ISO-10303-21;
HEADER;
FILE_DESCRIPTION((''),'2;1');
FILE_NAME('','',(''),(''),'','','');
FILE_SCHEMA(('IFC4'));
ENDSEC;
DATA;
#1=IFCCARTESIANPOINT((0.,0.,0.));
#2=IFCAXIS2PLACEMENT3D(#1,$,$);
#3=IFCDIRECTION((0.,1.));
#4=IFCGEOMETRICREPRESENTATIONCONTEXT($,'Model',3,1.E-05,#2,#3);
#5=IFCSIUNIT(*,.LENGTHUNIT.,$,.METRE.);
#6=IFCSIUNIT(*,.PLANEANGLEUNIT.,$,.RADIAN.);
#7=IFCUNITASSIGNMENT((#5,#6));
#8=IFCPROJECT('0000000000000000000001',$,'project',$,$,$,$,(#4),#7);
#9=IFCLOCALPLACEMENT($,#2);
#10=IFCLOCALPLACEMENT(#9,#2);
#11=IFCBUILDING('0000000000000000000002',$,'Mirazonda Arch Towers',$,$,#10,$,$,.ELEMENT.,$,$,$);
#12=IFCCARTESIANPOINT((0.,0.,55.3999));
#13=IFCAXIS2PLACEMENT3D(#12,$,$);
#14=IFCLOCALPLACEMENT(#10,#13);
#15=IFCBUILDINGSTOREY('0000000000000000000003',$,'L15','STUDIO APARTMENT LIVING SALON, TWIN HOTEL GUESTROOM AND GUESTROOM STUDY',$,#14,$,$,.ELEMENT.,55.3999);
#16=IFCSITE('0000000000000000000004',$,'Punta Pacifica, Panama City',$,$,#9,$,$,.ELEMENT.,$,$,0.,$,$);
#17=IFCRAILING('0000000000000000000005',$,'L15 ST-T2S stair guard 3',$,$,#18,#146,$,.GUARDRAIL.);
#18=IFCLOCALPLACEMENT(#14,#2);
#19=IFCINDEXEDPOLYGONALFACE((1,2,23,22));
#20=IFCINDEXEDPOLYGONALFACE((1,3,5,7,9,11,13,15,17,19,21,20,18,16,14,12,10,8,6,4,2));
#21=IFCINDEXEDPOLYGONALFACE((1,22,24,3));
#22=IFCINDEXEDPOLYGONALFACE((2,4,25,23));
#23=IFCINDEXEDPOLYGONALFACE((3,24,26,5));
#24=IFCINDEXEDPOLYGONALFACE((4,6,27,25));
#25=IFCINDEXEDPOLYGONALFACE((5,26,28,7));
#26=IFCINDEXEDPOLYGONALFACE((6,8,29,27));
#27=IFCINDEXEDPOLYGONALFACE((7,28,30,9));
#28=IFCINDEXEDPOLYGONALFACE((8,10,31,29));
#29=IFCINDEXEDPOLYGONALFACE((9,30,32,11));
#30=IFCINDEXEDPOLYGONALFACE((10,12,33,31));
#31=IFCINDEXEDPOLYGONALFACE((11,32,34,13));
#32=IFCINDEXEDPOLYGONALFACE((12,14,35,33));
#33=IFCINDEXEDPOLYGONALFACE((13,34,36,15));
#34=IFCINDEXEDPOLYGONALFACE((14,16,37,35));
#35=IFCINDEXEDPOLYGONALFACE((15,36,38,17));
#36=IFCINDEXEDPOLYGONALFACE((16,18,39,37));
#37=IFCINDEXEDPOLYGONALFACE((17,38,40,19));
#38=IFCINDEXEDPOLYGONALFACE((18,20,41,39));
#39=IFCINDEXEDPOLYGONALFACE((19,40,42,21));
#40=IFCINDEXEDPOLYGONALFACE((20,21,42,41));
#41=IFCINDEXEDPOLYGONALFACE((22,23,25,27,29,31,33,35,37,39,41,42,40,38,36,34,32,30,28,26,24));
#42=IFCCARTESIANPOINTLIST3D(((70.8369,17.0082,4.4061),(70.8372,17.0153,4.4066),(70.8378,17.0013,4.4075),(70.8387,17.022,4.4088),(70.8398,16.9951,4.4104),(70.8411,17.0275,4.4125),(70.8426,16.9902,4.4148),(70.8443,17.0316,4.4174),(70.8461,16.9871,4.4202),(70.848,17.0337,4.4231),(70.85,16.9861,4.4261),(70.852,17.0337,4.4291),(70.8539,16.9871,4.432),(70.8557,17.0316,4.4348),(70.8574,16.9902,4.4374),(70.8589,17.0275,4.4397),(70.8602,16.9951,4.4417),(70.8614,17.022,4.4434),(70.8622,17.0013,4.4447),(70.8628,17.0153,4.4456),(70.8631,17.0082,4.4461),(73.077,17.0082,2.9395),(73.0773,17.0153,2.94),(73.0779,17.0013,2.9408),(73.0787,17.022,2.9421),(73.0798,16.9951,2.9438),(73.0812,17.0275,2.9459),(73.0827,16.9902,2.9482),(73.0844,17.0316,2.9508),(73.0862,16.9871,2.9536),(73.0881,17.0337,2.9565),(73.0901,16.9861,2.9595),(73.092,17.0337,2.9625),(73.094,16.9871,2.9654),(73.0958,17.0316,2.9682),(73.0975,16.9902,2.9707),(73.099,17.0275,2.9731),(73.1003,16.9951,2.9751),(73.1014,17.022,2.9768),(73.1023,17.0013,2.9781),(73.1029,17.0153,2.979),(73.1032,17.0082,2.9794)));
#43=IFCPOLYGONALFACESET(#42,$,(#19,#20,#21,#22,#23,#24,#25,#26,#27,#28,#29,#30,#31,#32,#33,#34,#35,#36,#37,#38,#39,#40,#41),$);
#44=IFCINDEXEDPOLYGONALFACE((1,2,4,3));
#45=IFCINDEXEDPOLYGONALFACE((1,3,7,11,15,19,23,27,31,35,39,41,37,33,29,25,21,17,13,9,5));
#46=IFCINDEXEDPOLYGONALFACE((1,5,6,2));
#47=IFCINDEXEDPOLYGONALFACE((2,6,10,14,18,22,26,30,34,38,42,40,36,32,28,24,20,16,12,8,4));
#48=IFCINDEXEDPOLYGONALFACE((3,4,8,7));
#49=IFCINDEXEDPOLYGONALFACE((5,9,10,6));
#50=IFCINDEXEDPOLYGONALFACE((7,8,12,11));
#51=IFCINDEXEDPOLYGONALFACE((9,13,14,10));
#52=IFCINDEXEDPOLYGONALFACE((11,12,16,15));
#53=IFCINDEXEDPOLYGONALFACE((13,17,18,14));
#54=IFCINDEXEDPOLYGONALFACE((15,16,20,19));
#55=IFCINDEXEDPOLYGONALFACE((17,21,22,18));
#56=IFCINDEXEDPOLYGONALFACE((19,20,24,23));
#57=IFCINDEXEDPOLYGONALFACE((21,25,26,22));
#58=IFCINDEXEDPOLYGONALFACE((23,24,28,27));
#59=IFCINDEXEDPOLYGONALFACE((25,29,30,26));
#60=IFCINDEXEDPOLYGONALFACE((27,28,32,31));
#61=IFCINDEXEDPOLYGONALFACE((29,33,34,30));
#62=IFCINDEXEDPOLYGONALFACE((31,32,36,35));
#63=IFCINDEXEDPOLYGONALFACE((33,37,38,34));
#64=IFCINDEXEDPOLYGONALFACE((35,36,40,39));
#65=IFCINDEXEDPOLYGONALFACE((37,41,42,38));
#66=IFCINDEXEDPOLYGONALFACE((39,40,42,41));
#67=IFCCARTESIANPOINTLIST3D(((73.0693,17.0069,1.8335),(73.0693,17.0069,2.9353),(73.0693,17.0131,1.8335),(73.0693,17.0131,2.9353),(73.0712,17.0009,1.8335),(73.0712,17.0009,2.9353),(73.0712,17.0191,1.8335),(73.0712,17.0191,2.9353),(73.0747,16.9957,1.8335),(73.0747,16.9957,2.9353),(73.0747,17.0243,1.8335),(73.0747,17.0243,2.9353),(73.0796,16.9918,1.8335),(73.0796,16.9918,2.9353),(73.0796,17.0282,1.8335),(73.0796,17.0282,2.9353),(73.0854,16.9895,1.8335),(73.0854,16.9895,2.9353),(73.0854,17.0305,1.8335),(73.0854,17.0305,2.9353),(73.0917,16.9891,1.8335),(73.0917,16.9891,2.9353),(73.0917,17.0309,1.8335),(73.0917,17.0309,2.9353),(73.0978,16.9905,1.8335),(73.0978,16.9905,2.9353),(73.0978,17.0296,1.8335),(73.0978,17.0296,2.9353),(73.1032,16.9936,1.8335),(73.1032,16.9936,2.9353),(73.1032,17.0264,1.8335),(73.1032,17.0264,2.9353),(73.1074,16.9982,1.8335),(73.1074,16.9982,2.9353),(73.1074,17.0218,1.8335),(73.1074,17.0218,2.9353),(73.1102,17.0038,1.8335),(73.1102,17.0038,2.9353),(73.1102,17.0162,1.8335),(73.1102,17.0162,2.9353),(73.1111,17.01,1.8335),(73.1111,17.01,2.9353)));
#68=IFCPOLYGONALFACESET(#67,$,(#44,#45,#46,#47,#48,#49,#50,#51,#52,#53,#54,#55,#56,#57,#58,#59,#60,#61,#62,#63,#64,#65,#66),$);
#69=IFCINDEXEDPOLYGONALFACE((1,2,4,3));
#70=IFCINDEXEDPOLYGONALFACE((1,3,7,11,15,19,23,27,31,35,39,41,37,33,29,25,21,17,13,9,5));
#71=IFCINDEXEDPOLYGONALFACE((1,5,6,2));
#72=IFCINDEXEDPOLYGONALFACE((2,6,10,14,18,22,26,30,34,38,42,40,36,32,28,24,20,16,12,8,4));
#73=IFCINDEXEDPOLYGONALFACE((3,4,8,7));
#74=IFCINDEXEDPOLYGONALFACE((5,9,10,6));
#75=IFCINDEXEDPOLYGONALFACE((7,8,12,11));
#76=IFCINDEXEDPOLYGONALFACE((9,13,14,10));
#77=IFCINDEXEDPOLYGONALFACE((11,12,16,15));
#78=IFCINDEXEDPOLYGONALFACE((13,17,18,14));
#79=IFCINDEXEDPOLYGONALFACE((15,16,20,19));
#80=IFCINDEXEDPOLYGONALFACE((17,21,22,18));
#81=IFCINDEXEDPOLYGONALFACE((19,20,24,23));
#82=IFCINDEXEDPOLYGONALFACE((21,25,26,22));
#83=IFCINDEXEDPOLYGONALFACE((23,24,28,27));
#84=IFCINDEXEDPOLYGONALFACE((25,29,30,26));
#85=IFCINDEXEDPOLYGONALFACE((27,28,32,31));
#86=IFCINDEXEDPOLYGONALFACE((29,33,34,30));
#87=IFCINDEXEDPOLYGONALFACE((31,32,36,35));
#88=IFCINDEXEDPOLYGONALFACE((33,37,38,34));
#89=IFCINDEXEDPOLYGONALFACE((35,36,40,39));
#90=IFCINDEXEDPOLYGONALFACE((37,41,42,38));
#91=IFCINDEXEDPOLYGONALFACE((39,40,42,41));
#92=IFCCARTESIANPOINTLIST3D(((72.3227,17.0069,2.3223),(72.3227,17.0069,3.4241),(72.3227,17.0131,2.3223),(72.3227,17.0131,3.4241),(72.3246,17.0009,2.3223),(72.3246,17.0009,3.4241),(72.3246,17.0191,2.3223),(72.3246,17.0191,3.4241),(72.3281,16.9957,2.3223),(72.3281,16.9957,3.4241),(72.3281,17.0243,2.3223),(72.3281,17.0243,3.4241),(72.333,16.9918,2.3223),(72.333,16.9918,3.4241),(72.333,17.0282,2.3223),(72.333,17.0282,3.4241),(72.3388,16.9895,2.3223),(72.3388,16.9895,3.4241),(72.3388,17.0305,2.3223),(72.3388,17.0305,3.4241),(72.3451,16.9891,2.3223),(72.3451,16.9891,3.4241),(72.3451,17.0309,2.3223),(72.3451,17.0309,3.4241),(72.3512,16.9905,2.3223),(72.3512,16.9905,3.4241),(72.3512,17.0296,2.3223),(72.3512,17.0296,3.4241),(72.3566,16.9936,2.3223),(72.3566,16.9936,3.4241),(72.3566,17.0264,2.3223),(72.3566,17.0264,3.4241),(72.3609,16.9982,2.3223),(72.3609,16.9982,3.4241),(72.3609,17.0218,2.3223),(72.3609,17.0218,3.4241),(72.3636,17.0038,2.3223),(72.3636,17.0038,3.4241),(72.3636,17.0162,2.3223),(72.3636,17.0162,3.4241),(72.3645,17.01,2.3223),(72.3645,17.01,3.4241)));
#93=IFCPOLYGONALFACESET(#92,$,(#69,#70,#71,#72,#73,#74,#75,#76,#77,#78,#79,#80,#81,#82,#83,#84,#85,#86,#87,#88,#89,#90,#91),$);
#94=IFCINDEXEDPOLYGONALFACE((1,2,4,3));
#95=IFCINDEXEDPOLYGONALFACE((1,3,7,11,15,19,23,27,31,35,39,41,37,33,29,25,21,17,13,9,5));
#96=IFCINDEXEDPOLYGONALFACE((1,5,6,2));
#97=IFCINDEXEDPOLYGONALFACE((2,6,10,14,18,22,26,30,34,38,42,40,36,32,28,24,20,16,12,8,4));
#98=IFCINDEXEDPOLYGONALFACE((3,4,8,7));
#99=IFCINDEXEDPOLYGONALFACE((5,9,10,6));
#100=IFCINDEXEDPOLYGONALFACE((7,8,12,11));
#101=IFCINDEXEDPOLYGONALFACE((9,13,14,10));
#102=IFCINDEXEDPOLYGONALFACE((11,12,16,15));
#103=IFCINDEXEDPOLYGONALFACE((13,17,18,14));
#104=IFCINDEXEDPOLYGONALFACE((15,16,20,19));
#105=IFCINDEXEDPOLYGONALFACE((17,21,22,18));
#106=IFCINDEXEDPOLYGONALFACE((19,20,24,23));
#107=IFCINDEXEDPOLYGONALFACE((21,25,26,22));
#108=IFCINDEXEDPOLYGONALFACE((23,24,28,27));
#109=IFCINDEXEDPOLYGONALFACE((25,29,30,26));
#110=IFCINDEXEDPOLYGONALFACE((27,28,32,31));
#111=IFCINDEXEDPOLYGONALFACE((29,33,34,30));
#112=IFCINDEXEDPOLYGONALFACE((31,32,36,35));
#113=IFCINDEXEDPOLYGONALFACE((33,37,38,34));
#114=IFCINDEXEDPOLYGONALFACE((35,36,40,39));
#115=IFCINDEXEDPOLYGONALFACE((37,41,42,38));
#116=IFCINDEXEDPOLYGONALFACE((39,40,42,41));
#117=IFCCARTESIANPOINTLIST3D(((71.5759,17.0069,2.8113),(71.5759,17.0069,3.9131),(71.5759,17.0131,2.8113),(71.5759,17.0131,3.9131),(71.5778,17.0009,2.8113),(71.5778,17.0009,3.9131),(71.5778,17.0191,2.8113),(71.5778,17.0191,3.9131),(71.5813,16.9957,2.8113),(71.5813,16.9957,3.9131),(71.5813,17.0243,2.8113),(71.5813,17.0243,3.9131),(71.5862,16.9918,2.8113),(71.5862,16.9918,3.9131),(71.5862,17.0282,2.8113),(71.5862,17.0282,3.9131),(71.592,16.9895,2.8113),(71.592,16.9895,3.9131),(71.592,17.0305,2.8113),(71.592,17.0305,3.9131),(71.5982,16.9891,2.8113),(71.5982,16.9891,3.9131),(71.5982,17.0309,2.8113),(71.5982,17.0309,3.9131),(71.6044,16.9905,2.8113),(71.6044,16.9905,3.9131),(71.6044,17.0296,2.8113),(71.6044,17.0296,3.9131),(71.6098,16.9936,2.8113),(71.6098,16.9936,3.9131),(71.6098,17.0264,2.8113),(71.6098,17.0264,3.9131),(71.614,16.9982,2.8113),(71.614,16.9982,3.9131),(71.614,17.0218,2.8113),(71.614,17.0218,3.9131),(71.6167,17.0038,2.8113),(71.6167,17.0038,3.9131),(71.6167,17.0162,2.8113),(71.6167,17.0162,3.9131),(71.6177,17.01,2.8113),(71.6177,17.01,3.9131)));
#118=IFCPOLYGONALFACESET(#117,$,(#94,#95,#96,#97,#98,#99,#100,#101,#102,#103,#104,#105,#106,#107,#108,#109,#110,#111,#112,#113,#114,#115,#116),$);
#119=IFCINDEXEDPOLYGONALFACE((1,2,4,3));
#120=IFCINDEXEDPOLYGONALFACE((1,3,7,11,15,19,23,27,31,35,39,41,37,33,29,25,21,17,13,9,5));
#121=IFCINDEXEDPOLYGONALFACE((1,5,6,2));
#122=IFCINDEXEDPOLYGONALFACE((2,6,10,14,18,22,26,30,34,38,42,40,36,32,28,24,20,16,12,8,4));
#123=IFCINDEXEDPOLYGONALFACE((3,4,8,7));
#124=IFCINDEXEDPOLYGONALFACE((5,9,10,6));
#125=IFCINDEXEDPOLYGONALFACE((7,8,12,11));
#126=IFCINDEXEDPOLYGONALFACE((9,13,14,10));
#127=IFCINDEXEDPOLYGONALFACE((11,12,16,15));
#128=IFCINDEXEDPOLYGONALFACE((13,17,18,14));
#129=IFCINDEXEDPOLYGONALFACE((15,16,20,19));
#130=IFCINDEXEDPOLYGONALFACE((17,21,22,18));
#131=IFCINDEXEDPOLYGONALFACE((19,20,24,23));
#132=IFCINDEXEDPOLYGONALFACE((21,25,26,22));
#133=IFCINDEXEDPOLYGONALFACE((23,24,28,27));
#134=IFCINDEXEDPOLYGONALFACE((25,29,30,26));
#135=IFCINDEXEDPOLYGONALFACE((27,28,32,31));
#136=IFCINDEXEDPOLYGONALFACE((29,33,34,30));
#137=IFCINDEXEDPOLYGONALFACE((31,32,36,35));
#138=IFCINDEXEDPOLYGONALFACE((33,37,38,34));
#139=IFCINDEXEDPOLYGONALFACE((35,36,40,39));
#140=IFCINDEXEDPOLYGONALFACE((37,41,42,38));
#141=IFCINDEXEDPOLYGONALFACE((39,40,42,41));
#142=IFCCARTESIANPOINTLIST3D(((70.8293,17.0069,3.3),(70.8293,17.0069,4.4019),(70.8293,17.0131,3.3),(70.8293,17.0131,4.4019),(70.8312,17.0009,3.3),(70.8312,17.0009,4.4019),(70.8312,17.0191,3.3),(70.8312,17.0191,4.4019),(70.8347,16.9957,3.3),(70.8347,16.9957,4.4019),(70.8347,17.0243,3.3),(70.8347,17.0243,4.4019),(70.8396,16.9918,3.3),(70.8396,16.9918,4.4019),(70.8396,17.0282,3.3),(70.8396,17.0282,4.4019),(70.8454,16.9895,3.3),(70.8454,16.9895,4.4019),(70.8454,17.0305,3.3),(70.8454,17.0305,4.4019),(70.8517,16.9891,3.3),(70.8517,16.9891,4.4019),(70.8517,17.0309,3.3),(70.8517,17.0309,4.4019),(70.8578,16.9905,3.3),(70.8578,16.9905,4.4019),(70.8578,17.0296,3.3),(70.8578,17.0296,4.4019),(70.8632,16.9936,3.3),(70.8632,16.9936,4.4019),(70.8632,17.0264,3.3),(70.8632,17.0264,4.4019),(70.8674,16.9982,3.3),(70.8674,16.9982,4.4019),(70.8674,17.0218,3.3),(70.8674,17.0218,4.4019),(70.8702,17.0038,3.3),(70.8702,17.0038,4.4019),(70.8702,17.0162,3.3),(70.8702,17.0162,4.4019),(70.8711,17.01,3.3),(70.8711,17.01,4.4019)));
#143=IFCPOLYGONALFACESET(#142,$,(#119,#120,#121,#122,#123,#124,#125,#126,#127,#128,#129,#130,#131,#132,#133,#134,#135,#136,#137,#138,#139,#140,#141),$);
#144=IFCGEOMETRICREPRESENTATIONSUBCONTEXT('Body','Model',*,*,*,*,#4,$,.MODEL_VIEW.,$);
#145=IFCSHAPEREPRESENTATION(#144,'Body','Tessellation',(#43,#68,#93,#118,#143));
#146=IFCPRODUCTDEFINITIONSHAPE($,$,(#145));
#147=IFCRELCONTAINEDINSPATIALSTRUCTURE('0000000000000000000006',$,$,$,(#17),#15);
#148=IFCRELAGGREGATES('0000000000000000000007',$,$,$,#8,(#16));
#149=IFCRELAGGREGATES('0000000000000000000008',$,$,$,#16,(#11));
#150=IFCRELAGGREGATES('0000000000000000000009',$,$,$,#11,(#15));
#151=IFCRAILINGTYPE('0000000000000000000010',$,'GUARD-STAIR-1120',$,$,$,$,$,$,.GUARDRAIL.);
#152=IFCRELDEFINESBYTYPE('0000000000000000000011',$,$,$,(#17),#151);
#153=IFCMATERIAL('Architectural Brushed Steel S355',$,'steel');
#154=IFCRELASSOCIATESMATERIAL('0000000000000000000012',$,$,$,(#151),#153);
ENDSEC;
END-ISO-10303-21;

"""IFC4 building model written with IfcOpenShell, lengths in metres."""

from ifc_helpers import new_model, si_unit, direction, frame, origin, origin_2d, place, context, subcontext, project, spatial, circle, extrude, material, type_object, element, save


model = new_model("IFC4")

# Units and contexts
model_context = context("Model", 3, precision=1e-05, world=origin(), true_north=direction((0.0, 1.0)))
body_context = subcontext(model_context, "Body", "Model", "MODEL_VIEW")
ifc_project = project(units=[si_unit("LENGTHUNIT", "METRE"), si_unit("PLANEANGLEUNIT", "RADIAN")], contexts=[model_context])

# Site, building, storey
site_placement = place(None, origin())
site = spatial("IfcSite", under=ifc_project, at=site_placement, Name="Punta Pacifica, Panama City", CompositionType="ELEMENT", RefElevation=0.0)
building_placement = place(site_placement, origin())
building = spatial("IfcBuilding", under=site, at=building_placement, Name="Mirazonda Arch Towers", CompositionType="ELEMENT")
storey_placement = place(building_placement, frame((0.0, 0.0, 55.3999)))
storey = spatial("IfcBuildingStorey", under=building, at=storey_placement, Name="L15", Description="STUDIO APARTMENT LIVING SALON, TWIN HOTEL GUESTROOM AND GUESTROOM STUDY", CompositionType="ELEMENT", Elevation=55.3999)

# Railing
ifc_material_1 = material(Name="Architectural Brushed Steel S355", Category="steel")
railing_type_1 = type_object("IfcRailingType", Name="GUARD-STAIR-1120", PredefinedType="GUARDRAIL", material=ifc_material_1)
railing_1_placement = place(storey_placement, frame((73.0901, 17.01, 1.8335)))
element("IfcRailing", 1, at=railing_1_placement, inside=storey, type_object=railing_type_1, Name="L15 ST-T2S stair guard 3", PredefinedType="GUARDRAIL", context=body_context, shape_type="SweptSolid", body=[
    extrude(circle(Radius=0.0239, at=origin_2d()), frame((0.0, 0.0, 1.126), z_axis=(-0.836637, 0.0, 0.547758), x_axis=(0.0, -1.0, 0.0)), (0.0, 0.0, 1.0), 2.6775),
    extrude(circle(Radius=0.021, at=origin_2d()), origin(), (0.0, 0.0, 1.0), 1.1018),
    extrude(circle(Radius=0.021, at=origin_2d()), frame((-0.7466, 0.0, 0.4888)), (0.0, 0.0, 1.0), 1.1018),
    extrude(circle(Radius=0.021, at=origin_2d()), frame((-1.4934, 0.0, 0.9778)), (0.0, 0.0, 1.0), 1.1018),
    extrude(circle(Radius=0.021, at=origin_2d()), frame((-2.24, 0.0, 1.4666)), (0.0, 0.0, 1.0), 1.1018),
])

save(model, "model.ifc")
